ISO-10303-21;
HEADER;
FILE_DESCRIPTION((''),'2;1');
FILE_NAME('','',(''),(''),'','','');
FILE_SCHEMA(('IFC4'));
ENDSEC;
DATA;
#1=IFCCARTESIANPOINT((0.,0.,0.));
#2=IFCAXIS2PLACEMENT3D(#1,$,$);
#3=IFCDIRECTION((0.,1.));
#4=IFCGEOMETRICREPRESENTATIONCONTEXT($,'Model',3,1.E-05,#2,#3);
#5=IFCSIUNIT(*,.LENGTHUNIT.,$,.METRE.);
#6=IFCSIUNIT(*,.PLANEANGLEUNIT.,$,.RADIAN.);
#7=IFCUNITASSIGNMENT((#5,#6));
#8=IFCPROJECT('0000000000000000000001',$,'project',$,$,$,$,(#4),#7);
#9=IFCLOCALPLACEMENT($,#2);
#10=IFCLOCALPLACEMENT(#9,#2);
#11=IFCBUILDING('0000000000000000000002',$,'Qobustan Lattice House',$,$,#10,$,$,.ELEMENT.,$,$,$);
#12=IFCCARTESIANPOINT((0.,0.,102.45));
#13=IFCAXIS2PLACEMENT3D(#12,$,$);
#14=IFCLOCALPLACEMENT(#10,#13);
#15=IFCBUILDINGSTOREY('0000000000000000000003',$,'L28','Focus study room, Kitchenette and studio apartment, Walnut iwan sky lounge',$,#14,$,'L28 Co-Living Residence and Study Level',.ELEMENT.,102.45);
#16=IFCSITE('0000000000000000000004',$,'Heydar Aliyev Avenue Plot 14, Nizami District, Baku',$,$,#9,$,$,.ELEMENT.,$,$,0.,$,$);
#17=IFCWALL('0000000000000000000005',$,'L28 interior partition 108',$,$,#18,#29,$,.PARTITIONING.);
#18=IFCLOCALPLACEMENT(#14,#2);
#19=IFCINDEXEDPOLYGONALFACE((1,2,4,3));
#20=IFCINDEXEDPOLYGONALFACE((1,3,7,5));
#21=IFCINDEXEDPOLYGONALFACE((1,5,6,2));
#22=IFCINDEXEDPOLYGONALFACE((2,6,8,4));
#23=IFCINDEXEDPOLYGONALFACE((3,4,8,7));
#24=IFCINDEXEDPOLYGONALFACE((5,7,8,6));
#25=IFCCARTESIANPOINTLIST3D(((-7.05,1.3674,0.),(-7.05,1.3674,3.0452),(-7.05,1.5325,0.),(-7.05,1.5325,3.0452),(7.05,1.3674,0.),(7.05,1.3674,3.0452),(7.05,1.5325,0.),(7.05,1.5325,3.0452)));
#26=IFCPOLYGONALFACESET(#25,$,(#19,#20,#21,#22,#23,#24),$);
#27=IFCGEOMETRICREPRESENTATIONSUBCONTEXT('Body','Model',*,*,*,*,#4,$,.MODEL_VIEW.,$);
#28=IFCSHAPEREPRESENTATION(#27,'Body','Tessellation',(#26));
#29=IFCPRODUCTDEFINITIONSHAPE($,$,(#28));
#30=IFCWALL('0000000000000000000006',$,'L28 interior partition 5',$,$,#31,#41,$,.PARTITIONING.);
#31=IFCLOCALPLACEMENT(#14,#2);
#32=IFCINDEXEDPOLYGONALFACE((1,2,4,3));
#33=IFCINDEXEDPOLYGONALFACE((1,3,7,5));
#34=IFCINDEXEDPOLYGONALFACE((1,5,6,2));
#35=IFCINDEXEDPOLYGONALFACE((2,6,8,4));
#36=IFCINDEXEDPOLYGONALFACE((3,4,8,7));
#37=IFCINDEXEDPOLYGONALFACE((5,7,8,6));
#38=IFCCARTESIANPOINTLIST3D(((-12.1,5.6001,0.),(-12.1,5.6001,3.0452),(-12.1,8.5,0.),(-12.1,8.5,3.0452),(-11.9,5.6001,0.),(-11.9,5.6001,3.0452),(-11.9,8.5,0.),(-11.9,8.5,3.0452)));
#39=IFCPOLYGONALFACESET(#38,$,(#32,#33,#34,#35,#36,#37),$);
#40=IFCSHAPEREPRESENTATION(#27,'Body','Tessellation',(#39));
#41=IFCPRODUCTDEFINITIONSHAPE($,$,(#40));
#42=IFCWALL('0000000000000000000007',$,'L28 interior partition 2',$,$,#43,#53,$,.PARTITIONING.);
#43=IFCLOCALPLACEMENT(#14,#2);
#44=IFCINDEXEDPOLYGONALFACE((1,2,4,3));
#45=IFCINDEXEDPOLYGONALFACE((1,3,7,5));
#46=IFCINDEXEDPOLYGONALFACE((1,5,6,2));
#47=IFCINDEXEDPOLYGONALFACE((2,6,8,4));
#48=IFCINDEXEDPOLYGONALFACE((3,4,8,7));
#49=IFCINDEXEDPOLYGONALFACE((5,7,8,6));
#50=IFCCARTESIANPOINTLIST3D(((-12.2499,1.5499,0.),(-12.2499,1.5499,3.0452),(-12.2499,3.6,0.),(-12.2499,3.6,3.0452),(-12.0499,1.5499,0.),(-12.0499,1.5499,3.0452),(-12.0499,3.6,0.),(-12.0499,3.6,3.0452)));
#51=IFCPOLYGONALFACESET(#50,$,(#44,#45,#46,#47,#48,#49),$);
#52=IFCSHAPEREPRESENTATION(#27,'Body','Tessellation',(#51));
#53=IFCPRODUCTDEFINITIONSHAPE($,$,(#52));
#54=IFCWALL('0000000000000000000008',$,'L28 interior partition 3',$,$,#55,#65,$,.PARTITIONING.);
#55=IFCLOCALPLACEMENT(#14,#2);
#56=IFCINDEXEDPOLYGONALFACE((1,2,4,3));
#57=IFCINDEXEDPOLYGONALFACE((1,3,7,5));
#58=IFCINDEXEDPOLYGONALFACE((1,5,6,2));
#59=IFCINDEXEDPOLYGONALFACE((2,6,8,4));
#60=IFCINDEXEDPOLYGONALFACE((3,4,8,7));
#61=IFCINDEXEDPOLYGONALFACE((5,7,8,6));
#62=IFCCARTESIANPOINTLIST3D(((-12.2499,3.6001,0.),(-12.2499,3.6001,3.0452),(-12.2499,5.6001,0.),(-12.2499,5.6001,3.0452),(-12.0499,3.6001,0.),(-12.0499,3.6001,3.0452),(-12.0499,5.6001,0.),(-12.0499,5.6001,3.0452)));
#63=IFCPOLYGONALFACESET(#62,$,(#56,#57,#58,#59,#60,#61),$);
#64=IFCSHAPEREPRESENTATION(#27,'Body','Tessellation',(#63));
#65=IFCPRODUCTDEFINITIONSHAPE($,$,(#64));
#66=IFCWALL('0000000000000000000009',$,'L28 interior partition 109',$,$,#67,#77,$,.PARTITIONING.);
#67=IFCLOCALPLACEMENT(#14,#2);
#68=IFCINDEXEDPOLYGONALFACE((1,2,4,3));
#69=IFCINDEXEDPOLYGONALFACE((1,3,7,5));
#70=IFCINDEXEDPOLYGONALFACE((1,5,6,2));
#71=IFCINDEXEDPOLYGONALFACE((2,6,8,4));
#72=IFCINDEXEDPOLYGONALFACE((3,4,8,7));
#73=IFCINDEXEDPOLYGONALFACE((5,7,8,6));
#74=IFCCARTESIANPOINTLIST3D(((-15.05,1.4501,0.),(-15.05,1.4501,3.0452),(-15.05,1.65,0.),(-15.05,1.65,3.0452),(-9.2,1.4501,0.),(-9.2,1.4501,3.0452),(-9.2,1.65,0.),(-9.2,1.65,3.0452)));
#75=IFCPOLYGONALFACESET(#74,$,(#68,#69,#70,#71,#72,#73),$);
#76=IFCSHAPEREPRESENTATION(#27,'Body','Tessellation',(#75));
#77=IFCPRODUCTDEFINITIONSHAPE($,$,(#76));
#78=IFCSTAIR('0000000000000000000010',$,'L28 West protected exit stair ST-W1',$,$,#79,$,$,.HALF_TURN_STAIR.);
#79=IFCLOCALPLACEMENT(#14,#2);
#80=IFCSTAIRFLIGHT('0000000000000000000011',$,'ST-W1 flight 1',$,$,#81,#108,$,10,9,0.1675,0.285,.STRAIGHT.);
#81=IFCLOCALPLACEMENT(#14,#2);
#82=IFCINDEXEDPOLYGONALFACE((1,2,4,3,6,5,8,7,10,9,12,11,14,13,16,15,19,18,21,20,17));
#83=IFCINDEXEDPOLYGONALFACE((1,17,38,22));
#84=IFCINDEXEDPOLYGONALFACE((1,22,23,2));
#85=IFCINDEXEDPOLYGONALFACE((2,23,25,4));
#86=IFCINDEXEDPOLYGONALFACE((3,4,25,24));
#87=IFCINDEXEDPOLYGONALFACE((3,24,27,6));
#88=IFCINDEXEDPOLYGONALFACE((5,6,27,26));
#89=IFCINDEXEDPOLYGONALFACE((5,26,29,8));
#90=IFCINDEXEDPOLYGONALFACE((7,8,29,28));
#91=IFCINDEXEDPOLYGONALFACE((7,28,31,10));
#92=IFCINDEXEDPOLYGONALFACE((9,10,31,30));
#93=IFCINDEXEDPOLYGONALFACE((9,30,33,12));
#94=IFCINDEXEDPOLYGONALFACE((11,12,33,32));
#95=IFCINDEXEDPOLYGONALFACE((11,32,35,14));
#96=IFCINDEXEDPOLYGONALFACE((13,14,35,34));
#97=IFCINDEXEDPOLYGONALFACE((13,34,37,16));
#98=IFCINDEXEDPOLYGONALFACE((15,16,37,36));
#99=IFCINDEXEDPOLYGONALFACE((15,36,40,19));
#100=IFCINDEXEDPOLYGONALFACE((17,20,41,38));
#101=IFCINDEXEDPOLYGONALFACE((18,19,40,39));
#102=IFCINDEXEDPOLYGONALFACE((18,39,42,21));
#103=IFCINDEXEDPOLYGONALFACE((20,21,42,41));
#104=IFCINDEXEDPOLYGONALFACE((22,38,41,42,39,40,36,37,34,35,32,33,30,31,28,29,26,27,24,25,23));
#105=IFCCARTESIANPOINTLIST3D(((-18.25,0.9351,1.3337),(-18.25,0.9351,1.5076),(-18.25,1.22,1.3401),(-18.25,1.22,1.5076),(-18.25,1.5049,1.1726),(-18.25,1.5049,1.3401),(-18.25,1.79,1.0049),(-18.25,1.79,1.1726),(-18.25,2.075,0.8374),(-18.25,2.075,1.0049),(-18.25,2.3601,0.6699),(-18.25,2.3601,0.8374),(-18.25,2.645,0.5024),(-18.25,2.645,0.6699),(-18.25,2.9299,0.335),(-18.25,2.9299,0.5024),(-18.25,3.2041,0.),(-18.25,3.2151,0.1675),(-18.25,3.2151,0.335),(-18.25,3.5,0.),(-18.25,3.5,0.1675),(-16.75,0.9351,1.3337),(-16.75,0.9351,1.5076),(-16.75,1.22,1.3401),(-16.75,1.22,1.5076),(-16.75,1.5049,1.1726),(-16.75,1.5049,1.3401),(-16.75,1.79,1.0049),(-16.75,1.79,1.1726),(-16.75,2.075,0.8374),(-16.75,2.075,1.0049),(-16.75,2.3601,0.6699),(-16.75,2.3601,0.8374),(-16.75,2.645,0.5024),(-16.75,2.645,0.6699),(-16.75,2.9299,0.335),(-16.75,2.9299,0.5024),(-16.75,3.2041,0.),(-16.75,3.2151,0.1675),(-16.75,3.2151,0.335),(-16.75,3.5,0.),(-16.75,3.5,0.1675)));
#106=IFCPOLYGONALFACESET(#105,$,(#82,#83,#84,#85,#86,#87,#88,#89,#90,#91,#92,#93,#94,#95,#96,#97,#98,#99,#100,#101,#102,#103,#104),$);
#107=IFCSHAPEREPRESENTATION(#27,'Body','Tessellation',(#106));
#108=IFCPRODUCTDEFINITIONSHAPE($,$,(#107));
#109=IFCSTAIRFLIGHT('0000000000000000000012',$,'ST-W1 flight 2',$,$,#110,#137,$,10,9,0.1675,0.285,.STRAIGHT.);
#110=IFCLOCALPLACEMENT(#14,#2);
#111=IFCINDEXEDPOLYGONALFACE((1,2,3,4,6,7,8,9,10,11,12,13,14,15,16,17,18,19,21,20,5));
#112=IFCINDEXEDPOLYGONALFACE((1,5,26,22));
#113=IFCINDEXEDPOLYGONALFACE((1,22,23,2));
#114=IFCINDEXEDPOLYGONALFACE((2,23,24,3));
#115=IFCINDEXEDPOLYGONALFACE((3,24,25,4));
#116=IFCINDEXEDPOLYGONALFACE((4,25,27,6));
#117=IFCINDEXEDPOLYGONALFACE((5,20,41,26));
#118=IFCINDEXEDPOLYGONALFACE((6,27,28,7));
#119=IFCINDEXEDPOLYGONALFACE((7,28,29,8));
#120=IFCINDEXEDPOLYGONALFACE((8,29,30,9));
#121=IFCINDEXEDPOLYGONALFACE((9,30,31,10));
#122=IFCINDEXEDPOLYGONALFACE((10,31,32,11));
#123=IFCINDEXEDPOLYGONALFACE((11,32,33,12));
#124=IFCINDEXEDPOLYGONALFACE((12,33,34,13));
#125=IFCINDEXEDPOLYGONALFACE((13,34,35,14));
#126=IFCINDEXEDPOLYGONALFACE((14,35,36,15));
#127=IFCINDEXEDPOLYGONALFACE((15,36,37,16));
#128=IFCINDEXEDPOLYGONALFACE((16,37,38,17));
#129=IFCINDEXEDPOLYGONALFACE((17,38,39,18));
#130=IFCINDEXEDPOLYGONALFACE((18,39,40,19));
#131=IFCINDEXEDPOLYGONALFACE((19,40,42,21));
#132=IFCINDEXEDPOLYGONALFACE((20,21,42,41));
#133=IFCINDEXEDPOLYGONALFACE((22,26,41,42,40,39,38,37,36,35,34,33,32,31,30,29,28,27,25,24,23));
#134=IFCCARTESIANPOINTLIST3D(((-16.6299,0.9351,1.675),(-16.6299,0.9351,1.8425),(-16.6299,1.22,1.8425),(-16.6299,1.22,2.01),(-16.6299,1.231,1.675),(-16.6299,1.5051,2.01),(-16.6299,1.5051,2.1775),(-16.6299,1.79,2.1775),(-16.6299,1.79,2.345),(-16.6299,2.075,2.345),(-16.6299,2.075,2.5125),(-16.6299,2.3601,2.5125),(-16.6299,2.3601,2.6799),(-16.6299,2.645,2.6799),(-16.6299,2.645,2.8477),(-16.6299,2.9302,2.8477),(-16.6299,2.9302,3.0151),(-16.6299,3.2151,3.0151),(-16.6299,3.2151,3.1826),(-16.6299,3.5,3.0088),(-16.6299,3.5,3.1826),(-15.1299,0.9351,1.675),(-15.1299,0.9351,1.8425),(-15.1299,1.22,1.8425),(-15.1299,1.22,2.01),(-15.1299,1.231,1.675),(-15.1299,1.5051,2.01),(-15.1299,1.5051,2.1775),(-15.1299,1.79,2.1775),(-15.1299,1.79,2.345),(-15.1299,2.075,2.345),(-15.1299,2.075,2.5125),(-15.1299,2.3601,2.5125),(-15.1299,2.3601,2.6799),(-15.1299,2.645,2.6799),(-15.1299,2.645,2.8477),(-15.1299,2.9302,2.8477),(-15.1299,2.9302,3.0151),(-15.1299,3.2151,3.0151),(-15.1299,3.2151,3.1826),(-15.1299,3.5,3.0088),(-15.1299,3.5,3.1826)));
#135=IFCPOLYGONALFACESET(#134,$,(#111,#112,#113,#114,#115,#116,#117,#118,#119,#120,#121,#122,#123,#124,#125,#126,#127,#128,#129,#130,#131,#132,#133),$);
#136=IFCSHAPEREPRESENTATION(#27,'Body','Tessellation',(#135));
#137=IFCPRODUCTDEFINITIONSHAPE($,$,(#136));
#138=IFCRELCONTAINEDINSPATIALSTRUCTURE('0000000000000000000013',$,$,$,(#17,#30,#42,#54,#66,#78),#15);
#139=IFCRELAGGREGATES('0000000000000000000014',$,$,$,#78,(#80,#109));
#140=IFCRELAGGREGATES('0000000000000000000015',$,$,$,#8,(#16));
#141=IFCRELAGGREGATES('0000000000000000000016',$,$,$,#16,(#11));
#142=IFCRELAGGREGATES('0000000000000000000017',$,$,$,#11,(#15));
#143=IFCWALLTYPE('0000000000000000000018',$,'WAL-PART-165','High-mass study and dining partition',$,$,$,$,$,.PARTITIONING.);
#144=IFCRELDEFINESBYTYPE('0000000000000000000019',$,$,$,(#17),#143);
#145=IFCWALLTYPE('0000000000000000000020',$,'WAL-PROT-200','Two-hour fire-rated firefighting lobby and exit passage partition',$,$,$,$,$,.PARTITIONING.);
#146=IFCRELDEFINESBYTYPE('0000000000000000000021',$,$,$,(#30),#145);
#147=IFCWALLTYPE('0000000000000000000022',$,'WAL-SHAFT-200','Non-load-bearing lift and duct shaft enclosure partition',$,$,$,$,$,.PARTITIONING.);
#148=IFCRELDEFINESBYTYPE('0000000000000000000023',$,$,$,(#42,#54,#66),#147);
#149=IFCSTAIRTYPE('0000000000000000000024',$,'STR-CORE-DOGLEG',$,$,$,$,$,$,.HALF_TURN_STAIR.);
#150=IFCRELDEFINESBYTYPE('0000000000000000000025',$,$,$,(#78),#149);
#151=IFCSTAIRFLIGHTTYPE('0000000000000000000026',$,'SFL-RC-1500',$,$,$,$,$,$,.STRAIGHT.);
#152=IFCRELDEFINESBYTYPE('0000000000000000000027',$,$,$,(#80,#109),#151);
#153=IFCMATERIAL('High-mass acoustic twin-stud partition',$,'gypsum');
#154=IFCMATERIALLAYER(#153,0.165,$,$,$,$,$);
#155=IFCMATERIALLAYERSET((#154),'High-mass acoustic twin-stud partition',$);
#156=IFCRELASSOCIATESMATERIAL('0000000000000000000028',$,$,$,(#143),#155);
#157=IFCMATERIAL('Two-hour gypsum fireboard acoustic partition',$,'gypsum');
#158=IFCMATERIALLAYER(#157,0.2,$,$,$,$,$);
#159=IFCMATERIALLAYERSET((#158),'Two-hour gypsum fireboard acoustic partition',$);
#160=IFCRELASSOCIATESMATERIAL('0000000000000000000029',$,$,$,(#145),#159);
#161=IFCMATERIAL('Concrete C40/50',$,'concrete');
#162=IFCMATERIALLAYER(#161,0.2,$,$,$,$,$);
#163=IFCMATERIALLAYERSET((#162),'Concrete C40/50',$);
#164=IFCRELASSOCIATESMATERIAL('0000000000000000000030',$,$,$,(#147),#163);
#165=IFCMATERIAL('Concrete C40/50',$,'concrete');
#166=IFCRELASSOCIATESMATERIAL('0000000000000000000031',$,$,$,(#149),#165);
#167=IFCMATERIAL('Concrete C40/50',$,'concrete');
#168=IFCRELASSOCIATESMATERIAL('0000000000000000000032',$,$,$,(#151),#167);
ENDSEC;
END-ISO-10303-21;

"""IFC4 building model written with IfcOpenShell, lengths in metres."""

from ifc_helpers import new_model, si_unit, direction, frame, frame_2d, origin, place, context, subcontext, project, spatial, polyline, rectangle, outline, extrude, material, layer, layer_set, type_object, element, aggregate, save


model = new_model("IFC4")

# Units and contexts
model_context = context("Model", 3, precision=1e-05, world=origin(), true_north=direction((0.0, 1.0)))
body_context = subcontext(model_context, "Body", "Model", "MODEL_VIEW")
ifc_project = project(units=[si_unit("LENGTHUNIT", "METRE"), si_unit("PLANEANGLEUNIT", "RADIAN")], contexts=[model_context])

# Site, building, storey
site_placement = place(None, origin())
site = spatial("IfcSite", under=ifc_project, at=site_placement, Name="Heydar Aliyev Avenue Plot 14, Nizami District, Baku", CompositionType="ELEMENT", RefElevation=0.0)
building_placement = place(site_placement, origin())
building = spatial("IfcBuilding", under=site, at=building_placement, Name="Qobustan Lattice House", CompositionType="ELEMENT")
storey_placement = place(building_placement, frame((0.0, 0.0, 102.45)))
storey = spatial("IfcBuildingStorey", under=building, at=storey_placement, Name="L28", Description="Focus study room, Kitchenette and studio apartment, Walnut iwan sky lounge", LongName="L28 Co-Living Residence and Study Level", CompositionType="ELEMENT", Elevation=102.45)

# Wall
ifc_material_1 = material(Name="High-mass acoustic twin-stud partition", Category="gypsum")
ifc_layer_1 = layer(ifc_material_1, 0.165)
ifc_layer_set_1 = layer_set([ifc_layer_1], Name="High-mass acoustic twin-stud partition")
wall_type_1 = type_object("IfcWallType", Name="WAL-PART-165", Description="High-mass study and dining partition", PredefinedType="PARTITIONING", material=ifc_layer_set_1)
wall_1_placement = place(storey_placement, frame((-7.05, 1.45, 0.0), z_axis=(0.0, 0.0, 1.0), x_axis=(1.0, 0.0, 0.0)))
element("IfcWall", 1, at=wall_1_placement, inside=storey, type_object=wall_type_1, Name="L28 interior partition 108", PredefinedType="PARTITIONING", context=body_context, shape_type="SweptSolid", body=[
    extrude(rectangle(XDim=14.1001, YDim=0.165, at=frame_2d((7.05, 0.0))), origin(), (0.0, 0.0, 1.0), 3.0452),
])

# Shared definitions
ifc_material_2 = material(Name="Two-hour gypsum fireboard acoustic partition", Category="gypsum")
ifc_layer_2 = layer(ifc_material_2, 0.2)
ifc_layer_set_2 = layer_set([ifc_layer_2], Name="Two-hour gypsum fireboard acoustic partition")
wall_type_2 = type_object("IfcWallType", Name="WAL-PROT-200", Description="Two-hour fire-rated firefighting lobby and exit passage partition", PredefinedType="PARTITIONING", material=ifc_layer_set_2)

# Walls
wall_2_placement = place(storey_placement, frame((-12.0, 5.6001, 0.0), z_axis=(0.0, 0.0, 1.0), x_axis=(0.0, 1.0, 0.0)))
element("IfcWall", 2, at=wall_2_placement, inside=storey, type_object=wall_type_2, Name="L28 interior partition 5", PredefinedType="PARTITIONING", context=body_context, shape_type="SweptSolid", body=[
    extrude(rectangle(XDim=2.8999, YDim=0.2, at=frame_2d((1.45, 0.0))), origin(), (0.0, 0.0, 1.0), 3.0452),
])
ifc_material_3 = material(Name="Concrete C40/50", Category="concrete")
ifc_layer_3 = layer(ifc_material_3, 0.2)
ifc_layer_set_3 = layer_set([ifc_layer_3], Name="Concrete C40/50")
wall_type_3 = type_object("IfcWallType", Name="WAL-SHAFT-200", Description="Non-load-bearing lift and duct shaft enclosure partition", PredefinedType="PARTITIONING", material=ifc_layer_set_3)
wall_3_placement = place(storey_placement, frame((-12.1499, 1.55, 0.0), z_axis=(0.0, 0.0, 1.0), x_axis=(0.0, 1.0, 0.0)))
element("IfcWall", 3, at=wall_3_placement, inside=storey, type_object=wall_type_3, Name="L28 interior partition 2", PredefinedType="PARTITIONING", context=body_context, shape_type="SweptSolid", body=[
    extrude(rectangle(XDim=2.05, YDim=0.2, at=frame_2d((1.0249, 0.0))), origin(), (0.0, 0.0, 1.0), 3.0452),
])
wall_4_placement = place(storey_placement, frame((-12.1499, 3.6001, 0.0), z_axis=(0.0, 0.0, 1.0), x_axis=(0.0, 1.0, 0.0)))
element("IfcWall", 4, at=wall_4_placement, inside=storey, type_object=wall_type_3, Name="L28 interior partition 3", PredefinedType="PARTITIONING", context=body_context, shape_type="SweptSolid", body=[
    extrude(rectangle(XDim=2.0, YDim=0.2, at=frame_2d((1.0, 0.0))), origin(), (0.0, 0.0, 1.0), 3.0452),
])
wall_5_placement = place(storey_placement, frame((-15.05, 1.55, 0.0), z_axis=(0.0, 0.0, 1.0), x_axis=(1.0, 0.0, 0.0)))
element("IfcWall", 5, at=wall_5_placement, inside=storey, type_object=wall_type_3, Name="L28 interior partition 109", PredefinedType="PARTITIONING", context=body_context, shape_type="SweptSolid", body=[
    extrude(rectangle(XDim=5.8501, YDim=0.2, at=frame_2d((2.925, 0.0))), origin(), (0.0, 0.0, 1.0), 3.0452),
])

# Stair, stair flights
ifc_material_4 = material(Name="Concrete C40/50", Category="concrete")
stair_type = type_object("IfcStairType", Name="STR-CORE-DOGLEG", PredefinedType="HALF_TURN_STAIR", material=ifc_material_4)
stair_placement = place(storey_placement, origin())
stair = element("IfcStair", 6, at=stair_placement, inside=storey, type_object=stair_type, Name="L28 West protected exit stair ST-W1", PredefinedType="HALF_TURN_STAIR")
ifc_material_5 = material(Name="Concrete C40/50", Category="concrete")
stair_flight_type = type_object("IfcStairFlightType", Name="SFL-RC-1500", PredefinedType="STRAIGHT", material=ifc_material_5)
stair_flight_1_placement = place(storey_placement, frame((-17.5, 3.5, 0.0), z_axis=(0.0, 0.0, 1.0), x_axis=(0.0, -1.0, 0.0)))
stair_flight_1 = element("IfcStairFlight", 7, at=stair_flight_1_placement, type_object=stair_flight_type, Name="ST-W1 flight 1", NumberOfRisers=10, NumberOfTreads=9, PredefinedType="STRAIGHT", RiserHeight=0.1675, TreadLength=0.285, context=body_context, shape_type="SweptSolid", body=[
    extrude(outline(polyline([(0.0, 0.0), (0.0, 0.1675), (0.2849, 0.1675), (0.2849, 0.335), (0.5701, 0.335), (0.5701, 0.5024), (0.855, 0.5024), (0.855, 0.6699), (1.1399, 0.6699), (1.1399, 0.8374), (1.425, 0.8374), (1.425, 1.0049), (1.71, 1.0049), (1.71, 1.1726), (1.9951, 1.1726), (1.9951, 1.3401), (2.28, 1.3401), (2.28, 1.5076), (2.5649, 1.5076), (2.5649, 1.675), (2.5649, 1.3337), (0.2959, 0.0), (0.0, 0.0)])), frame((0.0, 0.75, 0.0), z_axis=(0.0, -1.0, 0.0), x_axis=(1.0, 0.0, 0.0)), (0.0, 0.0, 1.0), 1.5),
])
stair_flight_2_placement = place(storey_placement, frame((-15.8799, 0.9351, 1.675), z_axis=(0.0, 0.0, 1.0), x_axis=(0.0, 1.0, 0.0)))
stair_flight_2 = element("IfcStairFlight", 8, at=stair_flight_2_placement, type_object=stair_flight_type, Name="ST-W1 flight 2", NumberOfRisers=10, NumberOfTreads=9, PredefinedType="STRAIGHT", RiserHeight=0.1675, TreadLength=0.285, context=body_context, shape_type="SweptSolid", body=[
    extrude(outline(polyline([(0.0, 0.0), (0.0, 0.1675), (0.2849, 0.1675), (0.2849, 0.335), (0.5701, 0.335), (0.5701, 0.5024), (0.855, 0.5024), (0.855, 0.6699), (1.1399, 0.6699), (1.1399, 0.8374), (1.425, 0.8374), (1.425, 1.0049), (1.71, 1.0049), (1.71, 1.1726), (1.9951, 1.1726), (1.9951, 1.3401), (2.28, 1.3401), (2.28, 1.5076), (2.5649, 1.5076), (2.5649, 1.675), (2.5649, 1.3337), (0.2959, 0.0), (0.0, 0.0)])), frame((0.0, 0.75, 0.0), z_axis=(0.0, -1.0, 0.0), x_axis=(1.0, 0.0, 0.0)), (0.0, 0.0, 1.0), 1.5),
])
aggregate(stair, [stair_flight_1, stair_flight_2])

save(model, "model.ifc")
